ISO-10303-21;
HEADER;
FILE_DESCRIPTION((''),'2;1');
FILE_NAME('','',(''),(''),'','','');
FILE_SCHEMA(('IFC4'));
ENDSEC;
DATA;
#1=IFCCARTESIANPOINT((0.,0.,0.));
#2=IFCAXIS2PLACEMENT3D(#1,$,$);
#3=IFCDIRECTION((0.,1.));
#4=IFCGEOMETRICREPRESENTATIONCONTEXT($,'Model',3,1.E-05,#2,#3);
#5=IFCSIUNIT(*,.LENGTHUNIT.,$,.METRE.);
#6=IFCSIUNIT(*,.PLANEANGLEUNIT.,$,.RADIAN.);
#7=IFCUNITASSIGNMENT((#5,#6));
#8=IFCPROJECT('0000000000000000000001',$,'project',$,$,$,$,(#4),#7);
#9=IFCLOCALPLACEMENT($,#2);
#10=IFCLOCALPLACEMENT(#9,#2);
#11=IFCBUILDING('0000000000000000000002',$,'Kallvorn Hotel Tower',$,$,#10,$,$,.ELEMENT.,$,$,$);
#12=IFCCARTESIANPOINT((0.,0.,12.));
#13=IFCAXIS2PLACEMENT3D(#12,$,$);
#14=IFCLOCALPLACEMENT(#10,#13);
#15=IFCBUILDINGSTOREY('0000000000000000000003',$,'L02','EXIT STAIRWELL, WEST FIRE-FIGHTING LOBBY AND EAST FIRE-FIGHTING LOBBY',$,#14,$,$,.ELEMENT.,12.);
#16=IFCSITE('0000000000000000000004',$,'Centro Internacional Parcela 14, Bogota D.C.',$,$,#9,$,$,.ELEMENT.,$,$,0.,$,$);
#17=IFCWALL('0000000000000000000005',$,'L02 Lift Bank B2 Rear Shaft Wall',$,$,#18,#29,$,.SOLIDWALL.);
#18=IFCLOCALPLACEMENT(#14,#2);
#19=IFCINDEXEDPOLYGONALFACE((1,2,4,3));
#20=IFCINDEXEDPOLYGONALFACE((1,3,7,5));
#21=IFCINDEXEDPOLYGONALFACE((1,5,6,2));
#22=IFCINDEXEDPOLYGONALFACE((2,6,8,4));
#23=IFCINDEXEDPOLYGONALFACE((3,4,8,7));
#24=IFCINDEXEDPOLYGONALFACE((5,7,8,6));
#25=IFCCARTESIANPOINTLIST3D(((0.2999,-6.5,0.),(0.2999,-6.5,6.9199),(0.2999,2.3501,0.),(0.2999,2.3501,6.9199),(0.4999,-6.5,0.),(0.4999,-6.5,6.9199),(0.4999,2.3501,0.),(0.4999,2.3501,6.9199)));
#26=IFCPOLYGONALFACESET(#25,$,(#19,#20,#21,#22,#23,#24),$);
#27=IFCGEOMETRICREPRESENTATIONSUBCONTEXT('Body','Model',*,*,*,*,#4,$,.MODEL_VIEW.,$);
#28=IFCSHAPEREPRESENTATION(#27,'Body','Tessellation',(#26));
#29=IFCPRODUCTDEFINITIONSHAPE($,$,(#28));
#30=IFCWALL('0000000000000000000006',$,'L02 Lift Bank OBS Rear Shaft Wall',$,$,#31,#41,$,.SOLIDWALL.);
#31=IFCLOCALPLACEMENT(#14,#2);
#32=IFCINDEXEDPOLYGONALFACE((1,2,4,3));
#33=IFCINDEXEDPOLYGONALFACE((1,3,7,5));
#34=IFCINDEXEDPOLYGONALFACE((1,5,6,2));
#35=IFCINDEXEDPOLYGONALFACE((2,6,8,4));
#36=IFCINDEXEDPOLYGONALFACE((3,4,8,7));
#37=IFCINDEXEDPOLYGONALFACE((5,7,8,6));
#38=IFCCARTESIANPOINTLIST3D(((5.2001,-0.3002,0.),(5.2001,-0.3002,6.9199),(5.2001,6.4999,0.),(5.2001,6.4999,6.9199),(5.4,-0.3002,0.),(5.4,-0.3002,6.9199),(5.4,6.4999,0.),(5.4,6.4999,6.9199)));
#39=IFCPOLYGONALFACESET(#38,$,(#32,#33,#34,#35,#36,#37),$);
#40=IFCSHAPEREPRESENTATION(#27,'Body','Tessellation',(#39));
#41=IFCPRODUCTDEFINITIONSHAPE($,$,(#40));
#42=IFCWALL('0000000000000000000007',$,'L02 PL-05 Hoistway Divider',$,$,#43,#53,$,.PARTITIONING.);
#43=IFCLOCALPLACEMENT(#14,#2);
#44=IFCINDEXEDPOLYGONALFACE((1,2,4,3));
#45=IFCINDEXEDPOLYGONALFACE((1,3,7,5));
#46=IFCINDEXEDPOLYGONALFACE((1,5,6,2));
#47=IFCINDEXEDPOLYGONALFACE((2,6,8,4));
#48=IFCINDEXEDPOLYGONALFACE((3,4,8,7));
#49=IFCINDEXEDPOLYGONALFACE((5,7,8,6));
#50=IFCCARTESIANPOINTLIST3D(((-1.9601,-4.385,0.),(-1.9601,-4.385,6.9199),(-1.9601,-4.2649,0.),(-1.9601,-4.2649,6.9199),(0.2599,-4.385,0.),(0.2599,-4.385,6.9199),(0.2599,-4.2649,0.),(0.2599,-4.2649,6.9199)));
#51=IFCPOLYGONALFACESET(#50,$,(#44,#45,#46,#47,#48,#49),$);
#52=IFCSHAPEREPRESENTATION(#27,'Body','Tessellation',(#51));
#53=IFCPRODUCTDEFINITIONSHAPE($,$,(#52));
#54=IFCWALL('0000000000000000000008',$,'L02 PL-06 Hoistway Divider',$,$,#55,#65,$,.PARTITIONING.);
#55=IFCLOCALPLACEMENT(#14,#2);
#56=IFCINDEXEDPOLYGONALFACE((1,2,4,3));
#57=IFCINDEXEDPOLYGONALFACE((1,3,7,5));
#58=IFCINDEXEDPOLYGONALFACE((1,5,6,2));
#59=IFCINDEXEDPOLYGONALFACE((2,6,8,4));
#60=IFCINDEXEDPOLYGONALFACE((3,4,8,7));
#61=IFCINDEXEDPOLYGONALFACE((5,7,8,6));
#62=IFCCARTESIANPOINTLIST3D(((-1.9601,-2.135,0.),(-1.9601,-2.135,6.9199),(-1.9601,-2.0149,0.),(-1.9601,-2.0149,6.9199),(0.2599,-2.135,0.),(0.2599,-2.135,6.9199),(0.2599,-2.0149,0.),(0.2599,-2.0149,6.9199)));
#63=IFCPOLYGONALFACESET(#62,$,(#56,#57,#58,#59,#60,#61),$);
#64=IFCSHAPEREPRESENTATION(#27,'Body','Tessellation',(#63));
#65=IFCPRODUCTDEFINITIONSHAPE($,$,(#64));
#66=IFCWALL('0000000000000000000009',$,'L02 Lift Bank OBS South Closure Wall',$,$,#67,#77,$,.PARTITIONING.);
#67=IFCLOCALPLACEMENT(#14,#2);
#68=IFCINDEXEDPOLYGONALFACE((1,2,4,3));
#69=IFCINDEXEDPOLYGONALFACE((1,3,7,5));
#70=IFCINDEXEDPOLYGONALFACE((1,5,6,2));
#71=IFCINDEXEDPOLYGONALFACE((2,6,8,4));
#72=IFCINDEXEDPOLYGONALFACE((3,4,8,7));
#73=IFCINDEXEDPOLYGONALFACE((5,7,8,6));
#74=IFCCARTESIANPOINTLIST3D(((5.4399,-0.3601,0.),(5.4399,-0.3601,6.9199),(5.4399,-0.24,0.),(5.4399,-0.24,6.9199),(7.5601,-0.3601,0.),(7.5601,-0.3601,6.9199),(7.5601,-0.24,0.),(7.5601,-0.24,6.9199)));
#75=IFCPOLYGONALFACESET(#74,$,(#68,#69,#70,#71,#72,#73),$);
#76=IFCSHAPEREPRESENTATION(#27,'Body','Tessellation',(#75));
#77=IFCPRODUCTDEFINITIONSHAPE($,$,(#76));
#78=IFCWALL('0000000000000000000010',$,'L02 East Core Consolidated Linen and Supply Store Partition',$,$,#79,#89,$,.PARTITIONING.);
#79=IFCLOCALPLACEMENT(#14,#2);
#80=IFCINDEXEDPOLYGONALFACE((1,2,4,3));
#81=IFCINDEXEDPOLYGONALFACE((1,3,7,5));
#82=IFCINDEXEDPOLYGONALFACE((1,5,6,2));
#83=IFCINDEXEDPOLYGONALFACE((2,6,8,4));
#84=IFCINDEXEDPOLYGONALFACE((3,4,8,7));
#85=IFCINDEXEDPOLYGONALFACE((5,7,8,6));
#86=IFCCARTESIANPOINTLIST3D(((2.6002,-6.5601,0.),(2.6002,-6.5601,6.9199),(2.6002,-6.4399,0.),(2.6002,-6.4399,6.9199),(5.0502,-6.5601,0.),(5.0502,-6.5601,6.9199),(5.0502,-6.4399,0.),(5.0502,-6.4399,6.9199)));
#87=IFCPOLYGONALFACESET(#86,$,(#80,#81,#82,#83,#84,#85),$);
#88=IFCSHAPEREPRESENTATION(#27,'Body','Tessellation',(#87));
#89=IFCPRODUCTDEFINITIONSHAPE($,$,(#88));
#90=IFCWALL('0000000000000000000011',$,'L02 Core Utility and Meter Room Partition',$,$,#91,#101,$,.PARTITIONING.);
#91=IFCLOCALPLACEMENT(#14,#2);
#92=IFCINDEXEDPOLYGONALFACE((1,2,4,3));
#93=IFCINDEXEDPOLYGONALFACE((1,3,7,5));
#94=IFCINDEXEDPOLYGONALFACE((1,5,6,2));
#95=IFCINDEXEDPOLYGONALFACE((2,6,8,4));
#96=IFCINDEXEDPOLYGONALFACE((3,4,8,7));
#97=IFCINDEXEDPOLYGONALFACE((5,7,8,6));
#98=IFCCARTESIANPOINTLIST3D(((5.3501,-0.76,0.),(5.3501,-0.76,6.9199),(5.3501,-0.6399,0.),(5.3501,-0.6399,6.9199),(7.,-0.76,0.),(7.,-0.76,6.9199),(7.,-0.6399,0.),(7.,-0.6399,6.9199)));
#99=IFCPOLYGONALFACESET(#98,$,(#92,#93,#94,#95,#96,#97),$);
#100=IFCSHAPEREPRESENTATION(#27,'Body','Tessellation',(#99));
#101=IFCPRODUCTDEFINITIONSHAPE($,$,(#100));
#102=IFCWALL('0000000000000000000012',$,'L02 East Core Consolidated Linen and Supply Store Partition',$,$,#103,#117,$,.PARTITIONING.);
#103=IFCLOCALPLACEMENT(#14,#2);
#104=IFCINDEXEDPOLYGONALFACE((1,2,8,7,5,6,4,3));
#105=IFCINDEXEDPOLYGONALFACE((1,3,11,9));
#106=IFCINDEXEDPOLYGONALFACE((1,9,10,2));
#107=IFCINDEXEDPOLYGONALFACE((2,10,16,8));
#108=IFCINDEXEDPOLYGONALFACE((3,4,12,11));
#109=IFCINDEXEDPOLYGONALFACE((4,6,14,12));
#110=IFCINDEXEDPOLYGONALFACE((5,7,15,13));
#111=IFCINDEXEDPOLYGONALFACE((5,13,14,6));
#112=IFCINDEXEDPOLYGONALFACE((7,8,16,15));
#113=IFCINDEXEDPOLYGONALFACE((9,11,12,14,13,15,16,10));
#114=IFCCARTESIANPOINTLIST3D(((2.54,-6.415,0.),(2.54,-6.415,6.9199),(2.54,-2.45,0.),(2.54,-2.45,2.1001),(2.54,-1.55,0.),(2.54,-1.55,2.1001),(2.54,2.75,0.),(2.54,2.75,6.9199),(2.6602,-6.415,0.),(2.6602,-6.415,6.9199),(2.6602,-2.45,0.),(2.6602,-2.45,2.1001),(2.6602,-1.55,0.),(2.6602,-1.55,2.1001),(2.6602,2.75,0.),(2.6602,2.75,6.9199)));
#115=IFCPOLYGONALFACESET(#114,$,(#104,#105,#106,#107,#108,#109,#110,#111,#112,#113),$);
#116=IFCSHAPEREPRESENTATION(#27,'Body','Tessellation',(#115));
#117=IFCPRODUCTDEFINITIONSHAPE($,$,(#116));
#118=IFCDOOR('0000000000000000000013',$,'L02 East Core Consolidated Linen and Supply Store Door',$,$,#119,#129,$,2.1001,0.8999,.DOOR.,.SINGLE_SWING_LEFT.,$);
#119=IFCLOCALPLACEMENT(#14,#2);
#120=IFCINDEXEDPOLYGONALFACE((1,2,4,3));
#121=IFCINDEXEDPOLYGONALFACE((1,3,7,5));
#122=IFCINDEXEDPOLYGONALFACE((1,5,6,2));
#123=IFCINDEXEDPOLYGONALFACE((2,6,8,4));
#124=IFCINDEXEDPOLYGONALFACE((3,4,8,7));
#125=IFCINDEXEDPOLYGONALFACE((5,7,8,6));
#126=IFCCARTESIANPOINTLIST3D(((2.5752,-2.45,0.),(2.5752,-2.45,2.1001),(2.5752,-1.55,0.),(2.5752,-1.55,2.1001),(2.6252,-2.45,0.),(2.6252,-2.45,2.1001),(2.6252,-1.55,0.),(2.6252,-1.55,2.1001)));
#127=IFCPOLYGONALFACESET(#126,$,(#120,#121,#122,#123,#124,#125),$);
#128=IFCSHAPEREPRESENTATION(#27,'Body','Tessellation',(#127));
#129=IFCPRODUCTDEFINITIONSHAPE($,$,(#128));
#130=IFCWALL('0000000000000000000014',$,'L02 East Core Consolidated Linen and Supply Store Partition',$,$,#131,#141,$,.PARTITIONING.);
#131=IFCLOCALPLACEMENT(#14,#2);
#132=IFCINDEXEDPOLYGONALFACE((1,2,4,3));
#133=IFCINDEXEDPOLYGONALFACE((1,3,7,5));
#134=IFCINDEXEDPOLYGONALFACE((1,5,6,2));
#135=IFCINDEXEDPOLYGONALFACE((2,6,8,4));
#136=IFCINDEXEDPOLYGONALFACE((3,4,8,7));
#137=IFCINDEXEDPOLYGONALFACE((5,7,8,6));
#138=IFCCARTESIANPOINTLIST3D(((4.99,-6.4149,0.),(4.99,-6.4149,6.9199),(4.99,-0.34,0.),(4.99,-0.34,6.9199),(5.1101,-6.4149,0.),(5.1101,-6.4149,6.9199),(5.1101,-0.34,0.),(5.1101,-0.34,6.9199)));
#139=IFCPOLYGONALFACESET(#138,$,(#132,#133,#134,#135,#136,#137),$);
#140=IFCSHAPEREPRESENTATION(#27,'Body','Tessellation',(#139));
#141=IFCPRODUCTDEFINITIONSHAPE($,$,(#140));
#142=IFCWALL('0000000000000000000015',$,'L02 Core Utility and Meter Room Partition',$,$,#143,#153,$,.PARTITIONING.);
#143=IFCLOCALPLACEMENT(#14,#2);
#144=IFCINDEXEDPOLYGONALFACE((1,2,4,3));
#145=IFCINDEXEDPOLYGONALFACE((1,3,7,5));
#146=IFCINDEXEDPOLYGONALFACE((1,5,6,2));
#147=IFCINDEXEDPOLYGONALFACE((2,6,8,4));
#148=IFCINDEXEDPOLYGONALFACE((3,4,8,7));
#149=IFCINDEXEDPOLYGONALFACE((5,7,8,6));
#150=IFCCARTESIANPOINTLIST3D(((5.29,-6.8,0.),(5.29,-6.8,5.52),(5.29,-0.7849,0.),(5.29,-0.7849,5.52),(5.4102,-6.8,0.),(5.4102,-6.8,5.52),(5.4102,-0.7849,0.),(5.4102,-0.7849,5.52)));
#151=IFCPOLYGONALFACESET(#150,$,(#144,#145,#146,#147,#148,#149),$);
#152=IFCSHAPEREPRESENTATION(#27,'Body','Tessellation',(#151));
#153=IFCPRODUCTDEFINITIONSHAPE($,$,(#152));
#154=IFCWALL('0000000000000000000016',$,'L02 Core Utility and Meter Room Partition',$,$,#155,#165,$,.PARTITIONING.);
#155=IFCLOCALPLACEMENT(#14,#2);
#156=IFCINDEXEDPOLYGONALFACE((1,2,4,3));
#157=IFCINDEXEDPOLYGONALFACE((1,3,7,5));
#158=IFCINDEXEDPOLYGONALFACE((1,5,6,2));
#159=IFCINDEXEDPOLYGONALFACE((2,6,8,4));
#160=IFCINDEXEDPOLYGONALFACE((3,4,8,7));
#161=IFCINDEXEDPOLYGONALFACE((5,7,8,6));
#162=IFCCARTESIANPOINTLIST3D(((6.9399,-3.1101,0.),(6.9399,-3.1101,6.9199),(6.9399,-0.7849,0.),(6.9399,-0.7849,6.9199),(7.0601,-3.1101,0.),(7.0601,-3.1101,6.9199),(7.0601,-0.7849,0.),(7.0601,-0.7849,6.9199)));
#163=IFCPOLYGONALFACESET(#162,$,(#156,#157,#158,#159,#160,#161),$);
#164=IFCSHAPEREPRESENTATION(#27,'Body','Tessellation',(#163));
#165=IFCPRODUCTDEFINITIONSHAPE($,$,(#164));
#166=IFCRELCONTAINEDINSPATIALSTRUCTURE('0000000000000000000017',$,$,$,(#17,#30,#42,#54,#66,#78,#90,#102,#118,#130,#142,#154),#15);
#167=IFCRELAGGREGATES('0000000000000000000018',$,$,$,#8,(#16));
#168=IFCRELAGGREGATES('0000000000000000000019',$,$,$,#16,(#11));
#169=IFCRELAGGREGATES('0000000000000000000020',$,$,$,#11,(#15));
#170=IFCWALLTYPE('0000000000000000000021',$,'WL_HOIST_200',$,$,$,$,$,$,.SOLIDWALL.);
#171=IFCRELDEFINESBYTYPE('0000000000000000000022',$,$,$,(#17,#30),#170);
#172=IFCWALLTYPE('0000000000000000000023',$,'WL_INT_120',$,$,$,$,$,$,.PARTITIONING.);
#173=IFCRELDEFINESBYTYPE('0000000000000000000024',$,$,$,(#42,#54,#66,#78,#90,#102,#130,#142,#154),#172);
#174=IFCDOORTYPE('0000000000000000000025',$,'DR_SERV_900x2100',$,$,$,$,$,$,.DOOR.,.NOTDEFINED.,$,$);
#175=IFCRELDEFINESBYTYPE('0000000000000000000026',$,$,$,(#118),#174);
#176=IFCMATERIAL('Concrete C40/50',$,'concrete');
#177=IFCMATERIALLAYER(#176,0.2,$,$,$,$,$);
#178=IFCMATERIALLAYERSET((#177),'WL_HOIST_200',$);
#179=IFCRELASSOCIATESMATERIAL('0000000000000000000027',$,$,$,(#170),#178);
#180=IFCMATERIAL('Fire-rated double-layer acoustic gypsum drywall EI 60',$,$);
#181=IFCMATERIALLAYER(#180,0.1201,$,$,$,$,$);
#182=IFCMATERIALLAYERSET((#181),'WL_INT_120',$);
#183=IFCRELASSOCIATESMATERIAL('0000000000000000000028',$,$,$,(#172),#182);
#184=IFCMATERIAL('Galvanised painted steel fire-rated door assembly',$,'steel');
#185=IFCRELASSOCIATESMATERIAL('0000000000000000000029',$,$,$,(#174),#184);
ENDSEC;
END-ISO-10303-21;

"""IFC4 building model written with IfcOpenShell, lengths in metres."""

from ifc_helpers import new_model, si_unit, direction, frame, frame_2d, origin, place, context, subcontext, project, spatial, rectangle, extrude, material, layer, layer_set, type_object, element, fill, save


model = new_model("IFC4")

# Units and contexts
model_context = context("Model", 3, precision=1e-05, world=origin(), true_north=direction((0.0, 1.0)))
body_context = subcontext(model_context, "Body", "Model", "MODEL_VIEW")
ifc_project = project(units=[si_unit("LENGTHUNIT", "METRE"), si_unit("PLANEANGLEUNIT", "RADIAN")], contexts=[model_context])

# Site, building, storey
site_placement = place(None, origin())
site = spatial("IfcSite", under=ifc_project, at=site_placement, Name="Centro Internacional Parcela 14, Bogota D.C.", CompositionType="ELEMENT", RefElevation=0.0)
building_placement = place(site_placement, origin())
building = spatial("IfcBuilding", under=site, at=building_placement, Name="Kallvorn Hotel Tower", CompositionType="ELEMENT")
storey_placement = place(building_placement, frame((0.0, 0.0, 12.0)))
storey = spatial("IfcBuildingStorey", under=building, at=storey_placement, Name="L02", Description="EXIT STAIRWELL, WEST FIRE-FIGHTING LOBBY AND EAST FIRE-FIGHTING LOBBY", CompositionType="ELEMENT", Elevation=12.0)

# Walls
ifc_material_1 = material(Name="Concrete C40/50", Category="concrete")
ifc_layer_1 = layer(ifc_material_1, 0.2)
ifc_layer_set_1 = layer_set([ifc_layer_1], Name="WL_HOIST_200")
wall_type_1 = type_object("IfcWallType", Name="WL_HOIST_200", PredefinedType="SOLIDWALL", material=ifc_layer_set_1)
wall_1_placement = place(storey_placement, frame((0.3999, -6.5, 0.0), z_axis=(0.0, 0.0, 1.0), x_axis=(0.0, 1.0, 0.0)))
element("IfcWall", 1, at=wall_1_placement, inside=storey, type_object=wall_type_1, Name="L02 Lift Bank B2 Rear Shaft Wall", PredefinedType="SOLIDWALL", context=body_context, shape_type="SweptSolid", body=[
    extrude(rectangle(XDim=8.8501, YDim=0.2, at=frame_2d((4.425, 0.0))), origin(), (0.0, 0.0, 1.0), 6.9199),
])
wall_2_placement = place(storey_placement, frame((5.3, -0.3, 0.0), z_axis=(0.0, 0.0, 1.0), x_axis=(0.0, 1.0, 0.0)))
element("IfcWall", 2, at=wall_2_placement, inside=storey, type_object=wall_type_1, Name="L02 Lift Bank OBS Rear Shaft Wall", PredefinedType="SOLIDWALL", context=body_context, shape_type="SweptSolid", body=[
    extrude(rectangle(XDim=6.8, YDim=0.2, at=frame_2d((3.3999, 0.0))), origin(), (0.0, 0.0, 1.0), 6.9199),
])
ifc_material_2 = material(Name="Fire-rated double-layer acoustic gypsum drywall EI 60")
ifc_layer_2 = layer(ifc_material_2, 0.1201)
ifc_layer_set_2 = layer_set([ifc_layer_2], Name="WL_INT_120")
wall_type_2 = type_object("IfcWallType", Name="WL_INT_120", PredefinedType="PARTITIONING", material=ifc_layer_set_2)
for number, where, z_axis, x_axis, name in (
    (3, (-1.96, -4.325, 0.0), (0.0, 0.0, 1.0), (1.0, 0.0, 0.0), "L02 PL-05 Hoistway Divider"),
    (4, (-1.96, -2.075, 0.0), (0.0, 0.0, 1.0), (1.0, 0.0, 0.0), "L02 PL-06 Hoistway Divider"),
):
    element("IfcWall", number, at=place(storey_placement, frame(where, z_axis=z_axis, x_axis=x_axis)), inside=storey, type_object=wall_type_2, Name=name, PredefinedType="PARTITIONING", context=body_context, shape_type="SweptSolid", body=[
        extrude(rectangle(XDim=2.22, YDim=0.1201, at=frame_2d((1.1099, 0.0))), origin(), (0.0, 0.0, 1.0), 6.9199),
    ])
wall_3_placement = place(storey_placement, frame((5.4399, -0.3, 0.0), z_axis=(0.0, 0.0, 1.0), x_axis=(1.0, 0.0, 0.0)))
element("IfcWall", 5, at=wall_3_placement, inside=storey, type_object=wall_type_2, Name="L02 Lift Bank OBS South Closure Wall", PredefinedType="PARTITIONING", context=body_context, shape_type="SweptSolid", body=[
    extrude(rectangle(XDim=2.1201, YDim=0.1201, at=frame_2d((1.0601, 0.0))), origin(), (0.0, 0.0, 1.0), 6.9199),
])
wall_4_placement = place(storey_placement, frame((2.6001, -6.5, 0.0), z_axis=(0.0, 0.0, 1.0), x_axis=(1.0, 0.0, 0.0)))
element("IfcWall", 6, at=wall_4_placement, inside=storey, type_object=wall_type_2, Name="L02 East Core Consolidated Linen and Supply Store Partition", PredefinedType="PARTITIONING", context=body_context, shape_type="SweptSolid", body=[
    extrude(rectangle(XDim=2.45, YDim=0.1201, at=frame_2d((1.2251, 0.0))), origin(), (0.0, 0.0, 1.0), 6.9199),
])
wall_5_placement = place(storey_placement, frame((5.3501, -0.7, 0.0), z_axis=(0.0, 0.0, 1.0), x_axis=(1.0, 0.0, 0.0)))
element("IfcWall", 7, at=wall_5_placement, inside=storey, type_object=wall_type_2, Name="L02 Core Utility and Meter Room Partition", PredefinedType="PARTITIONING", context=body_context, shape_type="SweptSolid", body=[
    extrude(rectangle(XDim=1.6499, YDim=0.1201, at=frame_2d((0.825, 0.0))), origin(), (0.0, 0.0, 1.0), 6.9199),
])

# Wall, opening, door
wall_6_placement = place(storey_placement, frame((2.6001, -6.415, 0.0), z_axis=(0.0, 0.0, 1.0), x_axis=(0.0, 1.0, 0.0)))
wall_6 = element("IfcWall", 8, at=wall_6_placement, inside=storey, type_object=wall_type_2, Name="L02 East Core Consolidated Linen and Supply Store Partition", PredefinedType="PARTITIONING", context=body_context, shape_type="SweptSolid", body=[
    extrude(rectangle(XDim=9.165, YDim=0.1201, at=frame_2d((4.5825, 0.0))), origin(), (0.0, 0.0, 1.0), 6.9199),
])
opening_1_placement = place(wall_6_placement, frame((3.9651, 0.0, 0.0)))
opening_1 = element("IfcOpeningElement", 9, at=opening_1_placement, cuts=wall_6, PredefinedType="OPENING", context=body_context, shape_type="SweptSolid", body=[
    extrude(rectangle(XDim=0.8999, YDim=2.1001, at=frame_2d((0.45, 1.05))), frame((0.0, 0.075, 0.0), z_axis=(0.0, -1.0, 0.0), x_axis=(1.0, 0.0, 0.0)), (0.0, 0.0, 1.0), 0.1501),
])
ifc_material_3 = material(Name="Galvanised painted steel fire-rated door assembly", Category="steel")
door_type_1 = type_object("IfcDoorType", Name="DR_SERV_900x2100", OperationType="NOTDEFINED", PredefinedType="DOOR", material=ifc_material_3)
door_1_placement = place(opening_1_placement, origin())
door_1 = element("IfcDoor", 10, at=door_1_placement, inside=storey, type_object=door_type_1, Name="L02 East Core Consolidated Linen and Supply Store Door", OperationType="SINGLE_SWING_LEFT", OverallHeight=2.1001, OverallWidth=0.8999, PredefinedType="DOOR", context=body_context, shape_type="SweptSolid", body=[
    extrude(rectangle(XDim=0.8999, YDim=2.1001, at=frame_2d((0.45, 1.05))), frame((0.0, 0.0249, 0.0), z_axis=(0.0, -1.0, 0.0), x_axis=(1.0, 0.0, 0.0)), (0.0, 0.0, 1.0), 0.05),
])
fill(opening_1, door_1)

# Walls
wall_7_placement = place(storey_placement, frame((5.05, -6.415, 0.0), z_axis=(0.0, 0.0, 1.0), x_axis=(0.0, 1.0, 0.0)))
element("IfcWall", 11, at=wall_7_placement, inside=storey, type_object=wall_type_2, Name="L02 East Core Consolidated Linen and Supply Store Partition", PredefinedType="PARTITIONING", context=body_context, shape_type="SweptSolid", body=[
    extrude(rectangle(XDim=6.075, YDim=0.1201, at=frame_2d((3.0376, 0.0))), origin(), (0.0, 0.0, 1.0), 6.9199),
])
wall_8_placement = place(storey_placement, frame((5.3501, -6.8, 0.0), z_axis=(0.0, 0.0, 1.0), x_axis=(0.0, 1.0, 0.0)))
element("IfcWall", 12, at=wall_8_placement, inside=storey, type_object=wall_type_2, Name="L02 Core Utility and Meter Room Partition", PredefinedType="PARTITIONING", context=body_context, shape_type="SweptSolid", body=[
    extrude(rectangle(XDim=6.0151, YDim=0.1201, at=frame_2d((3.0076, 0.0))), origin(), (0.0, 0.0, 1.0), 5.52),
])
wall_9_placement = place(storey_placement, frame((7.0, -3.1101, 0.0), z_axis=(0.0, 0.0, 1.0), x_axis=(0.0, 1.0, 0.0)))
element("IfcWall", 13, at=wall_9_placement, inside=storey, type_object=wall_type_2, Name="L02 Core Utility and Meter Room Partition", PredefinedType="PARTITIONING", context=body_context, shape_type="SweptSolid", body=[
    extrude(rectangle(XDim=2.3252, YDim=0.1201, at=frame_2d((1.1626, 0.0))), origin(), (0.0, 0.0, 1.0), 6.9199),
])

save(model, "model.ifc")
